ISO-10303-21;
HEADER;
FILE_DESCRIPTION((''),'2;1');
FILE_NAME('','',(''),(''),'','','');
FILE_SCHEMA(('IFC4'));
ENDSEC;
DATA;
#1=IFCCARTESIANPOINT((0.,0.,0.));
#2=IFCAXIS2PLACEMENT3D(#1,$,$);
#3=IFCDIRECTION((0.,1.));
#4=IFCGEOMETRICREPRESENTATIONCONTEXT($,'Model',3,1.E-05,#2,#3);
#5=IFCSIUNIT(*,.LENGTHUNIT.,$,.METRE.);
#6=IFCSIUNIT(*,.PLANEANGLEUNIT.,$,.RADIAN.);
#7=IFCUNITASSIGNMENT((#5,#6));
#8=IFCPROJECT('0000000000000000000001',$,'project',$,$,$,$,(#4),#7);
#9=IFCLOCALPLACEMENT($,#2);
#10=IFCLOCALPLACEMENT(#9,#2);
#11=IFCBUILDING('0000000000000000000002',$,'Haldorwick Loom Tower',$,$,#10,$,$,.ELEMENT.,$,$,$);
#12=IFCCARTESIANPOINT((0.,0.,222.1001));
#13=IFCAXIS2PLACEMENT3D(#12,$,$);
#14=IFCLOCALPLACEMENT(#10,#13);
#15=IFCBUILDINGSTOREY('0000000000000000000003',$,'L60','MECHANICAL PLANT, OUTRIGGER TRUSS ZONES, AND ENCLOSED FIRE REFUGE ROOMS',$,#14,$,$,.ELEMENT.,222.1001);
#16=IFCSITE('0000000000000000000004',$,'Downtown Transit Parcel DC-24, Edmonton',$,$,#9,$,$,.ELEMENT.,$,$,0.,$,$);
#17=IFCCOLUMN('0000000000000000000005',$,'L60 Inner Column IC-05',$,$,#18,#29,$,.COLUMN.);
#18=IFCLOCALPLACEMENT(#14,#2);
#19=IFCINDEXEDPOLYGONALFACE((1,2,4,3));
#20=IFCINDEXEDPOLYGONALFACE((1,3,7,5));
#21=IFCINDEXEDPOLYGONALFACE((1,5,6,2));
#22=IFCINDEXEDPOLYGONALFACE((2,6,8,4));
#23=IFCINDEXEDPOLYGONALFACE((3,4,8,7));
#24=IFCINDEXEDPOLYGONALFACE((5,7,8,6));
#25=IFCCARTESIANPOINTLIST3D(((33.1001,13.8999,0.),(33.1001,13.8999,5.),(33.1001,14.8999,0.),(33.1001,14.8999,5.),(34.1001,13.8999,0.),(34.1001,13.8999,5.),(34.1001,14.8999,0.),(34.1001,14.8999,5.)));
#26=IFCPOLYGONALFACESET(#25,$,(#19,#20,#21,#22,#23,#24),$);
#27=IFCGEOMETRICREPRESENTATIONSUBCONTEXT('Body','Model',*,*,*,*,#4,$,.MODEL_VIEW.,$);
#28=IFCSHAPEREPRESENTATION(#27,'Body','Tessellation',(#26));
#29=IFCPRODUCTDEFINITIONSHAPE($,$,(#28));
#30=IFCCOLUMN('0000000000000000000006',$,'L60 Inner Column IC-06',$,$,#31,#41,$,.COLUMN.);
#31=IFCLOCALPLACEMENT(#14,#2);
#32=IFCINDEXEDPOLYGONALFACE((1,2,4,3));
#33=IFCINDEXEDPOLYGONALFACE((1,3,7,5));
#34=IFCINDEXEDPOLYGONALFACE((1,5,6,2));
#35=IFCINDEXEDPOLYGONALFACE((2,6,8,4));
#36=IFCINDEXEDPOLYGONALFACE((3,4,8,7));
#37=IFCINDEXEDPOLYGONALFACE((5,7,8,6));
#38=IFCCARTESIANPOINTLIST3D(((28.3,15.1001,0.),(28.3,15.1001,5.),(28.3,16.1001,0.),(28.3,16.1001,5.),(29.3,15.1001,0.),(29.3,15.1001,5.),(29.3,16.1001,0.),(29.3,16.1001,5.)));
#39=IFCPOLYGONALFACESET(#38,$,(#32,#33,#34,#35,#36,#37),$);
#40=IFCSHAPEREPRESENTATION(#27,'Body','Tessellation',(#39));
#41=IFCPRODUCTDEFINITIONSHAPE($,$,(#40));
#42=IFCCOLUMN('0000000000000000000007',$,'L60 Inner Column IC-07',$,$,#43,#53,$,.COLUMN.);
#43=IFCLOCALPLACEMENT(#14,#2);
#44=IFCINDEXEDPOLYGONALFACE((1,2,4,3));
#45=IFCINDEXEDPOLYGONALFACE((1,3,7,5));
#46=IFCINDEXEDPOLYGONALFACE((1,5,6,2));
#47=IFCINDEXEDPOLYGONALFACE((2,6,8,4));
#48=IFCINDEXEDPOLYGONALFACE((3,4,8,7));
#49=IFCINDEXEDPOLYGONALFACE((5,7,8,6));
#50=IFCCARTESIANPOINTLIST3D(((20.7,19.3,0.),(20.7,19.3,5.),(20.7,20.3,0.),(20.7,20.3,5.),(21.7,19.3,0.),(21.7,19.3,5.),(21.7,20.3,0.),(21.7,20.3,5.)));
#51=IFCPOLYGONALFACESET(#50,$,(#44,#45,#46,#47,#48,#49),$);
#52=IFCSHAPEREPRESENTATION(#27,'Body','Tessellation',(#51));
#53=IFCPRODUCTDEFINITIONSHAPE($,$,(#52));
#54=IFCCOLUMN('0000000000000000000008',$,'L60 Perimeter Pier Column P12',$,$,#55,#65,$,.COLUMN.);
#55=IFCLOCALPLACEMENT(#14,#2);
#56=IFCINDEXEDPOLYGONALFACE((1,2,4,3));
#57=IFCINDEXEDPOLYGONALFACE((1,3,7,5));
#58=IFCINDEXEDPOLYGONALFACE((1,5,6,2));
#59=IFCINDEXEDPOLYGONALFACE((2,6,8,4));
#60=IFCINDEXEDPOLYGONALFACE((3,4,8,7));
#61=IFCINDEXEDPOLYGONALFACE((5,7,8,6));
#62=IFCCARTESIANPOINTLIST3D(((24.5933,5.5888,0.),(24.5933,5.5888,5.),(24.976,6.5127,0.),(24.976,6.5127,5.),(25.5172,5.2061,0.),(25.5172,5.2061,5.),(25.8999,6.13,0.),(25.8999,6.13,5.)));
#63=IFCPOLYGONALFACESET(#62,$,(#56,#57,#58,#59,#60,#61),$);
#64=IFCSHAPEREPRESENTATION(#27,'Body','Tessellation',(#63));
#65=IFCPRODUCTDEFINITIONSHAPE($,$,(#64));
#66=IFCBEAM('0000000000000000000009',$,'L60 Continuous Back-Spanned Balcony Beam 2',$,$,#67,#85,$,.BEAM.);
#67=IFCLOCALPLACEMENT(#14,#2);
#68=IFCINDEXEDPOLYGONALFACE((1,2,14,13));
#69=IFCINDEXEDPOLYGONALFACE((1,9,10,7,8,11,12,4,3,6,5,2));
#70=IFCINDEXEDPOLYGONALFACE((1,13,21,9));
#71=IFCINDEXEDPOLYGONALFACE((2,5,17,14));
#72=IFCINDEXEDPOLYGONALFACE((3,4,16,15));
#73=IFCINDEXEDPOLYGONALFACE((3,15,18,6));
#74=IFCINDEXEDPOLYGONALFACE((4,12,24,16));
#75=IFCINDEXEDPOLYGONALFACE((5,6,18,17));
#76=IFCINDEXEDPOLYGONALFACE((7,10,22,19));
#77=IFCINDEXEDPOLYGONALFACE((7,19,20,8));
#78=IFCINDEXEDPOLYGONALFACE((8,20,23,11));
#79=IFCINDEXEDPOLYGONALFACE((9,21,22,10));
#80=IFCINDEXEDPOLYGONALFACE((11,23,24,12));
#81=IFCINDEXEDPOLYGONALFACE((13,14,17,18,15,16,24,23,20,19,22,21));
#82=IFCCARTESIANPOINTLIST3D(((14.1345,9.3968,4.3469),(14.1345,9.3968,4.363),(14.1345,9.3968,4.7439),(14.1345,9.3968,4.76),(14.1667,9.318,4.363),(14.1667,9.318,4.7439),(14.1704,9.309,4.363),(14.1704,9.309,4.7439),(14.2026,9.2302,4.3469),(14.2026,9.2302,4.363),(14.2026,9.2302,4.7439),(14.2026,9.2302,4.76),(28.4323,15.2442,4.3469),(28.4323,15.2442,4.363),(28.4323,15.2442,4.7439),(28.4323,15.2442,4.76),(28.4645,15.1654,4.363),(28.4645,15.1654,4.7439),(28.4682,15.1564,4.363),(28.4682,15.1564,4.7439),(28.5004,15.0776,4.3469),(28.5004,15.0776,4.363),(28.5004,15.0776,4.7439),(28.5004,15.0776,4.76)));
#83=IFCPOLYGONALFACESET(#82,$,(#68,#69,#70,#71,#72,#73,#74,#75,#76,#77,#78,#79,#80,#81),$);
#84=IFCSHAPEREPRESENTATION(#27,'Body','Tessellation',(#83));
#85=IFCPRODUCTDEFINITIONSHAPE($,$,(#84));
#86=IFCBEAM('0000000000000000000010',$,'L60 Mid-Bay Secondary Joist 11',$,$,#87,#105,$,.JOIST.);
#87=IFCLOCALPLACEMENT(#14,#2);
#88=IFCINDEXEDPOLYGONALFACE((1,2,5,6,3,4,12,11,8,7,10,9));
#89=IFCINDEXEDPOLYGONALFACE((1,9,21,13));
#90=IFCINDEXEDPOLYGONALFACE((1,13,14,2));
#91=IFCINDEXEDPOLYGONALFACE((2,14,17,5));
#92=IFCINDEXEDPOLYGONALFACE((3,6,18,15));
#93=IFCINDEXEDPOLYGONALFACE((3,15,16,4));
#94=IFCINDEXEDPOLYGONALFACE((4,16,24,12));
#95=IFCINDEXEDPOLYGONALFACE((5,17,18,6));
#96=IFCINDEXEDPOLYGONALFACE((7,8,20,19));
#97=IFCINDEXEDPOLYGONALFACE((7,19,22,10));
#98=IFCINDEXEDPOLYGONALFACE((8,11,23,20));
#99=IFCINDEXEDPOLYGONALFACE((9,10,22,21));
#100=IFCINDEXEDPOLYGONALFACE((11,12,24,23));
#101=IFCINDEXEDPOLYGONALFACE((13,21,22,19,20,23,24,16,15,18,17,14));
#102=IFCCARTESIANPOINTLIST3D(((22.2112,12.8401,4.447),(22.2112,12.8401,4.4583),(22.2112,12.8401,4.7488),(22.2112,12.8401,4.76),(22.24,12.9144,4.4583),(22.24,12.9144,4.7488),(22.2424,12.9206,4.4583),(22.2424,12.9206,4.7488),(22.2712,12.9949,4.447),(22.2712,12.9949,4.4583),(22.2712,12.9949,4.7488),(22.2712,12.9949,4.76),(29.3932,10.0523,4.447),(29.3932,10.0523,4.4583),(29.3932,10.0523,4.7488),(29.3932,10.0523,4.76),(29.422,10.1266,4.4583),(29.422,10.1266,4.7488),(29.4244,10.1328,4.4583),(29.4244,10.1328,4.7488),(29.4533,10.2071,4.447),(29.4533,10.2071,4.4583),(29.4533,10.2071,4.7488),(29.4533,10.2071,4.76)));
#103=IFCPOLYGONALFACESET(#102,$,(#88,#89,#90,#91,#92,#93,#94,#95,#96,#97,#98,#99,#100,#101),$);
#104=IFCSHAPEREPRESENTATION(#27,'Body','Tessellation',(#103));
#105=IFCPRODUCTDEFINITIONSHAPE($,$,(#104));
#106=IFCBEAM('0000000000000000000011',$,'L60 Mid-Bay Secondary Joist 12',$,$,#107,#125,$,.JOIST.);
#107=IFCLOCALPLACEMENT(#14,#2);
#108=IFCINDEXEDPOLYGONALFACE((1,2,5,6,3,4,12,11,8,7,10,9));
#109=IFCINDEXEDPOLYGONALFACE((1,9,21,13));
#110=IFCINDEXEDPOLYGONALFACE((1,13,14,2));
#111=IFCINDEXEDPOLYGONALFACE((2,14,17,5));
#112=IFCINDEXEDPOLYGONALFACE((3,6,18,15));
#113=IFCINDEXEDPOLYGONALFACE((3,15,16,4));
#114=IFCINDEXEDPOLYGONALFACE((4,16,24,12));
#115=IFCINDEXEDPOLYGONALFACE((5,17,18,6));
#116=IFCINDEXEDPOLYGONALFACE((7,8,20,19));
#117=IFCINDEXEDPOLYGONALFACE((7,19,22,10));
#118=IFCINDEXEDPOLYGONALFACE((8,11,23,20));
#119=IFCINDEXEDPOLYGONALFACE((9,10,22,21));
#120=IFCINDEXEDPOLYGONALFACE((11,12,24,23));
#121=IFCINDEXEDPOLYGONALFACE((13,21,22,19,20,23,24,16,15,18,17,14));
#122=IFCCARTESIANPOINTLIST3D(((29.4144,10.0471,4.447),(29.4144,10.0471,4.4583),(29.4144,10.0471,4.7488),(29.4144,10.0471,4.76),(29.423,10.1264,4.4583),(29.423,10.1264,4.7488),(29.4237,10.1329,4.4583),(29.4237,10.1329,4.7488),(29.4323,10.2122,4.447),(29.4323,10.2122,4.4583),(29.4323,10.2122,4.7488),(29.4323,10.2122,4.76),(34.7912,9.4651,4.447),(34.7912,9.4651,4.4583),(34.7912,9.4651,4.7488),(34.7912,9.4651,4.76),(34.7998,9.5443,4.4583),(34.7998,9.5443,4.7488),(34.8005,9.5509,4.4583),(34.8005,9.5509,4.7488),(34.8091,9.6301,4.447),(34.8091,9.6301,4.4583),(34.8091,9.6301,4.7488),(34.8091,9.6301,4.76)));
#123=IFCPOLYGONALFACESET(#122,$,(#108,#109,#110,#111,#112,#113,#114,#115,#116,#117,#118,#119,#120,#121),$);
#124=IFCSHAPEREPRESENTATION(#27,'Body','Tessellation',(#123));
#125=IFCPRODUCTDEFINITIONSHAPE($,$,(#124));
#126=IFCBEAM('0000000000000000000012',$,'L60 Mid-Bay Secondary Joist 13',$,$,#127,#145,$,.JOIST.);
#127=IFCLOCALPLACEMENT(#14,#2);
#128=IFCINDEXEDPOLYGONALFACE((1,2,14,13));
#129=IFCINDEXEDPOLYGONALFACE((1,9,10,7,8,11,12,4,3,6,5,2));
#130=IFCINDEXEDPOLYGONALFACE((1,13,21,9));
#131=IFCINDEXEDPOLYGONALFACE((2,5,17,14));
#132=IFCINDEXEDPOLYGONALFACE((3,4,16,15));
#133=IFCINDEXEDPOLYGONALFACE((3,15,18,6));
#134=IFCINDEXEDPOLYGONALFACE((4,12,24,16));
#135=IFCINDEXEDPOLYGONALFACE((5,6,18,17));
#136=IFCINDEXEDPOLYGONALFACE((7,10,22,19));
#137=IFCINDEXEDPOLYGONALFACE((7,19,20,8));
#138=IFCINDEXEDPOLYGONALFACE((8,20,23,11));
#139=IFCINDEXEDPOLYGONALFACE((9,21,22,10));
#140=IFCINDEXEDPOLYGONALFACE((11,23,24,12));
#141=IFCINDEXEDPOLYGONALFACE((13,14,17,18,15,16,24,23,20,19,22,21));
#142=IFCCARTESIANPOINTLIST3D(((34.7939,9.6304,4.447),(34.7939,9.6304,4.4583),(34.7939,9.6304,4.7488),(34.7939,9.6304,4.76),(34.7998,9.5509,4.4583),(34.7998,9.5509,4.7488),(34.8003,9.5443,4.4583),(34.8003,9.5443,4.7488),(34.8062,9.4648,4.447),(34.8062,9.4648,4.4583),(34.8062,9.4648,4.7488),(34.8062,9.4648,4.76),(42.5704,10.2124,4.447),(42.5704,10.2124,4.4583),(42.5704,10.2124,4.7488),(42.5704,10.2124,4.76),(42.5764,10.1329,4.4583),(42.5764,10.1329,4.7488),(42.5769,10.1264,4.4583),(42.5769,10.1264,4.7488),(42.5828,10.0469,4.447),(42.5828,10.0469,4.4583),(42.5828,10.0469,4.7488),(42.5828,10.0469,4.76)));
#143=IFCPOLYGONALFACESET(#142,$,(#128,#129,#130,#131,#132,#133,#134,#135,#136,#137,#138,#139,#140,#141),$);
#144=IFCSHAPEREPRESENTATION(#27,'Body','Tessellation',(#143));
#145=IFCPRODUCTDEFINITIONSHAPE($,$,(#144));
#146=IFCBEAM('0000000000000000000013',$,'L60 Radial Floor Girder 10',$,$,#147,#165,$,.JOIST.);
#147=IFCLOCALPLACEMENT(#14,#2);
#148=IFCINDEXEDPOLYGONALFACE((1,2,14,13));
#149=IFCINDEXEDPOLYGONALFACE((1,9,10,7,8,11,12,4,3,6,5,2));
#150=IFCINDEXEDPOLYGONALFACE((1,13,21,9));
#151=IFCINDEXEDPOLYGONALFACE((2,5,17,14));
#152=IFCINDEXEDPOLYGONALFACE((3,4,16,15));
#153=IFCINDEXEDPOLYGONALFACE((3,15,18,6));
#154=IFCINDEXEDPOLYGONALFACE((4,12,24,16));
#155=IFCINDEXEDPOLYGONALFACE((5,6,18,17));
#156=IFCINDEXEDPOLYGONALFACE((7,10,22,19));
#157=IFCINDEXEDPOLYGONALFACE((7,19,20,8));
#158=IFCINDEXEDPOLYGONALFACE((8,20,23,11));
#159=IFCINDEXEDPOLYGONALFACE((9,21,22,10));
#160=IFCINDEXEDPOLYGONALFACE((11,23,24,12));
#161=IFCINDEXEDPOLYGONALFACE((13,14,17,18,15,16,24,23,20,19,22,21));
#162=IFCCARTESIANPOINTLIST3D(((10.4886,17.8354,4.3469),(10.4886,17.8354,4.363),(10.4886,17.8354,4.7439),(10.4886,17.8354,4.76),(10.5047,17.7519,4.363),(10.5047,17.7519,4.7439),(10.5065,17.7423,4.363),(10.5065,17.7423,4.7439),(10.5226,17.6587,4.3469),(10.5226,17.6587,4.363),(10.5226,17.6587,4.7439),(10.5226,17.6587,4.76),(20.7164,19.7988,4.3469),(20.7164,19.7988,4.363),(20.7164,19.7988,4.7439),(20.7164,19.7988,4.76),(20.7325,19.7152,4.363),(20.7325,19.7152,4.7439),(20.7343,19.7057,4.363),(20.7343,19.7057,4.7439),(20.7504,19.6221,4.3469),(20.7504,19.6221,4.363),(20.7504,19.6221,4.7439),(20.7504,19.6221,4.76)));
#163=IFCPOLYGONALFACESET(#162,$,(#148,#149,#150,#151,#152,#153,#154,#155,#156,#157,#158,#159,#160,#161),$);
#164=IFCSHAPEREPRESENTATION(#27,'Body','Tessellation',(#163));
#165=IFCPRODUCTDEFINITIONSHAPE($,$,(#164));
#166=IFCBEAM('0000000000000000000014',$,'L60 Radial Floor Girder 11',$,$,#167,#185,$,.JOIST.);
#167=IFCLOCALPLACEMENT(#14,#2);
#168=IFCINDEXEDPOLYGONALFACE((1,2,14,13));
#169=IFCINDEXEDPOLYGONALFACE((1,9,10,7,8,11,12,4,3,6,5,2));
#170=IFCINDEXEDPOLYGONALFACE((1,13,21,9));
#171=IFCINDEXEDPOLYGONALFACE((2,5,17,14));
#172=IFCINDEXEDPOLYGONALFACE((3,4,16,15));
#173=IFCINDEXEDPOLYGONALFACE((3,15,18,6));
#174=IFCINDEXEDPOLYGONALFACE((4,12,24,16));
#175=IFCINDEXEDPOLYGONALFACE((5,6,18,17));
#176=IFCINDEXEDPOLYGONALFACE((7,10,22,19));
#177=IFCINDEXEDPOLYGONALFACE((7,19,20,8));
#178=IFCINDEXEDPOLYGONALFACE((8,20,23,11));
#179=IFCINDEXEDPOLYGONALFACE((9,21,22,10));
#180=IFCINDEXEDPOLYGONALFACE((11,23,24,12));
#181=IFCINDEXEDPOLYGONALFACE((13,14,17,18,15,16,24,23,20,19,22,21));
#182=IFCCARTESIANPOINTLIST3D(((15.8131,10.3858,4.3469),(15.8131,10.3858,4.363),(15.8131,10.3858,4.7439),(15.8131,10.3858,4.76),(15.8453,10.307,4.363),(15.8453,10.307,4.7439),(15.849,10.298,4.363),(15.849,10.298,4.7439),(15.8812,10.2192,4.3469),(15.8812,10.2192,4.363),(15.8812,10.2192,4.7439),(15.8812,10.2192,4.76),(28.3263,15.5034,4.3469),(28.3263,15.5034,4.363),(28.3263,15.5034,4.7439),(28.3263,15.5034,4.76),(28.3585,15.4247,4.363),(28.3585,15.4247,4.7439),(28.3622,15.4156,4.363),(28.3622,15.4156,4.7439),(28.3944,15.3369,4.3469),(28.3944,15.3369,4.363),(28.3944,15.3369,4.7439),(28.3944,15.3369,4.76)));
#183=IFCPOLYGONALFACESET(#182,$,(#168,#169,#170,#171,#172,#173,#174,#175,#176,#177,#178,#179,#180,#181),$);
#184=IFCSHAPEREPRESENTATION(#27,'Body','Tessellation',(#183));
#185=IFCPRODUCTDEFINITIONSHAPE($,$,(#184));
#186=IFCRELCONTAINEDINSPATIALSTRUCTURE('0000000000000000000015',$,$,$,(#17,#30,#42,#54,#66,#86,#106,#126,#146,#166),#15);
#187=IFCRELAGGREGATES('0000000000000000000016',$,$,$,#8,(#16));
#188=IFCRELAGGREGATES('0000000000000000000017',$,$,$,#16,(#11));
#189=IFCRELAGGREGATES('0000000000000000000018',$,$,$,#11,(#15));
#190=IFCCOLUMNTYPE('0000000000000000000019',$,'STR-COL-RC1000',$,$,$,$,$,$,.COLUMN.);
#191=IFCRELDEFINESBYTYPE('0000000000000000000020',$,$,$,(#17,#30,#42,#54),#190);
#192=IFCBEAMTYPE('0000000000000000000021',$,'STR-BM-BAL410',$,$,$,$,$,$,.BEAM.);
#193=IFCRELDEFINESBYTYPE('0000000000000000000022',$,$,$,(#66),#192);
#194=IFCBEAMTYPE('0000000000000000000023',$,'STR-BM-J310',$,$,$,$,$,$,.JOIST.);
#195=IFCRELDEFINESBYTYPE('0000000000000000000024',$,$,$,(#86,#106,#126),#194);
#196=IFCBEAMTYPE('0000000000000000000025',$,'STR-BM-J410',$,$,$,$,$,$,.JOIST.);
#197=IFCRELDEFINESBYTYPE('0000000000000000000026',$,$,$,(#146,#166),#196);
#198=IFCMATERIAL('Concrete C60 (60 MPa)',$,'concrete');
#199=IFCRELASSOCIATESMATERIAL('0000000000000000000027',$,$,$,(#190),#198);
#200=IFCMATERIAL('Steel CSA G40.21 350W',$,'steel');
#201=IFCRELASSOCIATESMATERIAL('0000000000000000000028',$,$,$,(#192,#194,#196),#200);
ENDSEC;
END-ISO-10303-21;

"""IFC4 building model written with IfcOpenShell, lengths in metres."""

from ifc_helpers import new_model, si_unit, direction, frame, origin, origin_2d, place, context, subcontext, project, spatial, rectangle, i_section, extrude, material, material_profile, profile_set, type_object, element, save


model = new_model("IFC4")

# Units and contexts
model_context = context("Model", 3, precision=1e-05, world=origin(), true_north=direction((0.0, 1.0)))
body_context = subcontext(model_context, "Body", "Model", "MODEL_VIEW")
ifc_project = project(units=[si_unit("LENGTHUNIT", "METRE"), si_unit("PLANEANGLEUNIT", "RADIAN")], contexts=[model_context])

# Site, building, storey
site_placement = place(None, origin())
site = spatial("IfcSite", under=ifc_project, at=site_placement, Name="Downtown Transit Parcel DC-24, Edmonton", CompositionType="ELEMENT", RefElevation=0.0)
building_placement = place(site_placement, origin())
building = spatial("IfcBuilding", under=site, at=building_placement, Name="Haldorwick Loom Tower", CompositionType="ELEMENT")
storey_placement = place(building_placement, frame((0.0, 0.0, 222.1001)))
storey = spatial("IfcBuildingStorey", under=building, at=storey_placement, Name="L60", Description="MECHANICAL PLANT, OUTRIGGER TRUSS ZONES, AND ENCLOSED FIRE REFUGE ROOMS", CompositionType="ELEMENT", Elevation=222.1001)

# Columns
ifc_material_1 = material(Name="Concrete C60 (60 MPa)", Category="concrete")
ifc_material_profile_1 = material_profile(ifc_material_1, rectangle(XDim=1.0, YDim=1.0, at=origin_2d()), Name="RC1000X1000", Category="concrete")
ifc_profile_set_1 = profile_set([ifc_material_profile_1], Name="Concrete C60 (60 MPa)")
column_type = type_object("IfcColumnType", Name="STR-COL-RC1000", PredefinedType="COLUMN", material=ifc_profile_set_1)
for number, where, z_axis, x_axis, name in (
    (1, (33.6001, 14.3999, 0.0), (0.0, 0.0, 1.0), (1.0, 0.0, 0.0), "L60 Inner Column IC-05"),
    (2, (28.8, 15.6001, 0.0), (0.0, 0.0, 1.0), (1.0, 0.0, 0.0), "L60 Inner Column IC-06"),
    (3, (21.2, 19.8, 0.0), (0.0, 0.0, 1.0), (1.0, 0.0, 0.0), "L60 Inner Column IC-07"),
    (4, (25.2466, 5.8594, 0.0), (0.0, 0.0, 1.0), (-0.382683, -0.92388, 0.0), "L60 Perimeter Pier Column P12"),
):
    element("IfcColumn", number, at=place(storey_placement, frame(where, z_axis=z_axis, x_axis=x_axis)), inside=storey, type_object=column_type, Name=name, PredefinedType="COLUMN", context=body_context, shape_type="SweptSolid", body=[
        extrude(rectangle(XDim=1.0, YDim=1.0, at=origin_2d()), origin(), (0.0, 0.0, 1.0), 5.0),
    ])

# Beams
ifc_material_2 = material(Name="Steel CSA G40.21 350W", Category="steel")
ifc_material_profile_2 = material_profile(ifc_material_2, i_section(OverallWidth=0.1799, OverallDepth=0.4131, WebThickness=0.0098, FlangeThickness=0.0161, at=origin_2d()), Name="W410X74", Category="steel")
ifc_profile_set_2 = profile_set([ifc_material_profile_2], Name="Steel CSA G40.21 350W")
beam_type_1 = type_object("IfcBeamType", Name="STR-BM-BAL410", PredefinedType="BEAM", material=ifc_profile_set_2)
beam_1_placement = place(storey_placement, frame((28.4663, 15.1609, 4.5535), z_axis=(-0.925586, -0.378538, 0.0), x_axis=(0.378538, -0.925586, 0.0)))
element("IfcBeam", 5, at=beam_1_placement, inside=storey, type_object=beam_type_1, Name="L60 Continuous Back-Spanned Balcony Beam 2", PredefinedType="BEAM", context=body_context, shape_type="SweptSolid", body=[
    extrude(i_section(OverallWidth=0.1799, OverallDepth=0.4131, WebThickness=0.0098, FlangeThickness=0.0161, at=origin_2d()), origin(), (0.0, 0.0, 1.0), 15.4473),
])
ifc_material_profile_3 = material_profile(ifc_material_2, i_section(OverallWidth=0.166, OverallDepth=0.313, WebThickness=0.0066, FlangeThickness=0.0112, at=origin_2d()), Name="W310X45", Category="steel")
ifc_profile_set_3 = profile_set([ifc_material_profile_3], Name="Steel CSA G40.21 350W")
beam_type_2 = type_object("IfcBeamType", Name="STR-BM-J310", PredefinedType="JOIST", material=ifc_profile_set_3)
beam_2_placement = place(storey_placement, frame((22.2412, 12.9175, 4.6035), z_axis=(0.932233, -0.361859, 0.0), x_axis=(0.361859, 0.932233, 0.0)))
element("IfcBeam", 6, at=beam_2_placement, inside=storey, type_object=beam_type_2, Name="L60 Mid-Bay Secondary Joist 11", PredefinedType="JOIST", context=body_context, shape_type="SweptSolid", body=[
    extrude(i_section(OverallWidth=0.166, OverallDepth=0.313, WebThickness=0.0066, FlangeThickness=0.0112, at=origin_2d()), origin(), (0.0, 0.0, 1.0), 7.7041),
])
beam_3_placement = place(storey_placement, frame((29.4233, 10.1296, 4.6035), z_axis=(0.994192, -0.107622, 0.0), x_axis=(0.107622, 0.994192, 0.0)))
element("IfcBeam", 7, at=beam_3_placement, inside=storey, type_object=beam_type_2, Name="L60 Mid-Bay Secondary Joist 12", PredefinedType="JOIST", context=body_context, shape_type="SweptSolid", body=[
    extrude(i_section(OverallWidth=0.166, OverallDepth=0.313, WebThickness=0.0066, FlangeThickness=0.0112, at=origin_2d()), origin(), (0.0, 0.0, 1.0), 5.4082),
])
beam_4_placement = place(storey_placement, frame((34.8, 9.5476, 4.6035), z_axis=(0.997211, 0.074635, 0.0), x_axis=(-0.074635, 0.997211, 0.0)))
element("IfcBeam", 8, at=beam_4_placement, inside=storey, type_object=beam_type_2, Name="L60 Mid-Bay Secondary Joist 13", PredefinedType="JOIST", context=body_context, shape_type="SweptSolid", body=[
    extrude(i_section(OverallWidth=0.166, OverallDepth=0.313, WebThickness=0.0066, FlangeThickness=0.0112, at=origin_2d()), origin(), (0.0, 0.0, 1.0), 7.7983),
])
ifc_material_profile_4 = material_profile(ifc_material_2, i_section(OverallWidth=0.1799, OverallDepth=0.4131, WebThickness=0.0098, FlangeThickness=0.0161, at=origin_2d()), Name="W410X74", Category="steel")
ifc_profile_set_4 = profile_set([ifc_material_profile_4], Name="Steel CSA G40.21 350W")
beam_type_3 = type_object("IfcBeamType", Name="STR-BM-J410", PredefinedType="JOIST", material=ifc_profile_set_4)
beam_5_placement = place(storey_placement, frame((20.7334, 19.7104, 4.5535), z_axis=(-0.982069, -0.188523, 0.0), x_axis=(0.188523, -0.982069, 0.0)))
element("IfcBeam", 9, at=beam_5_placement, inside=storey, type_object=beam_type_3, Name="L60 Radial Floor Girder 10", PredefinedType="JOIST", context=body_context, shape_type="SweptSolid", body=[
    extrude(i_section(OverallWidth=0.1799, OverallDepth=0.4131, WebThickness=0.0098, FlangeThickness=0.0161, at=origin_2d()), origin(), (0.0, 0.0, 1.0), 10.4146),
])
beam_6_placement = place(storey_placement, frame((28.3604, 15.4202, 4.5535), z_axis=(-0.925582, -0.378547, 0.0), x_axis=(0.378547, -0.925582, 0.0)))
element("IfcBeam", 10, at=beam_6_placement, inside=storey, type_object=beam_type_3, Name="L60 Radial Floor Girder 11", PredefinedType="JOIST", context=body_context, shape_type="SweptSolid", body=[
    extrude(i_section(OverallWidth=0.1799, OverallDepth=0.4131, WebThickness=0.0098, FlangeThickness=0.0161, at=origin_2d()), origin(), (0.0, 0.0, 1.0), 13.5193),
])

save(model, "model.ifc")
